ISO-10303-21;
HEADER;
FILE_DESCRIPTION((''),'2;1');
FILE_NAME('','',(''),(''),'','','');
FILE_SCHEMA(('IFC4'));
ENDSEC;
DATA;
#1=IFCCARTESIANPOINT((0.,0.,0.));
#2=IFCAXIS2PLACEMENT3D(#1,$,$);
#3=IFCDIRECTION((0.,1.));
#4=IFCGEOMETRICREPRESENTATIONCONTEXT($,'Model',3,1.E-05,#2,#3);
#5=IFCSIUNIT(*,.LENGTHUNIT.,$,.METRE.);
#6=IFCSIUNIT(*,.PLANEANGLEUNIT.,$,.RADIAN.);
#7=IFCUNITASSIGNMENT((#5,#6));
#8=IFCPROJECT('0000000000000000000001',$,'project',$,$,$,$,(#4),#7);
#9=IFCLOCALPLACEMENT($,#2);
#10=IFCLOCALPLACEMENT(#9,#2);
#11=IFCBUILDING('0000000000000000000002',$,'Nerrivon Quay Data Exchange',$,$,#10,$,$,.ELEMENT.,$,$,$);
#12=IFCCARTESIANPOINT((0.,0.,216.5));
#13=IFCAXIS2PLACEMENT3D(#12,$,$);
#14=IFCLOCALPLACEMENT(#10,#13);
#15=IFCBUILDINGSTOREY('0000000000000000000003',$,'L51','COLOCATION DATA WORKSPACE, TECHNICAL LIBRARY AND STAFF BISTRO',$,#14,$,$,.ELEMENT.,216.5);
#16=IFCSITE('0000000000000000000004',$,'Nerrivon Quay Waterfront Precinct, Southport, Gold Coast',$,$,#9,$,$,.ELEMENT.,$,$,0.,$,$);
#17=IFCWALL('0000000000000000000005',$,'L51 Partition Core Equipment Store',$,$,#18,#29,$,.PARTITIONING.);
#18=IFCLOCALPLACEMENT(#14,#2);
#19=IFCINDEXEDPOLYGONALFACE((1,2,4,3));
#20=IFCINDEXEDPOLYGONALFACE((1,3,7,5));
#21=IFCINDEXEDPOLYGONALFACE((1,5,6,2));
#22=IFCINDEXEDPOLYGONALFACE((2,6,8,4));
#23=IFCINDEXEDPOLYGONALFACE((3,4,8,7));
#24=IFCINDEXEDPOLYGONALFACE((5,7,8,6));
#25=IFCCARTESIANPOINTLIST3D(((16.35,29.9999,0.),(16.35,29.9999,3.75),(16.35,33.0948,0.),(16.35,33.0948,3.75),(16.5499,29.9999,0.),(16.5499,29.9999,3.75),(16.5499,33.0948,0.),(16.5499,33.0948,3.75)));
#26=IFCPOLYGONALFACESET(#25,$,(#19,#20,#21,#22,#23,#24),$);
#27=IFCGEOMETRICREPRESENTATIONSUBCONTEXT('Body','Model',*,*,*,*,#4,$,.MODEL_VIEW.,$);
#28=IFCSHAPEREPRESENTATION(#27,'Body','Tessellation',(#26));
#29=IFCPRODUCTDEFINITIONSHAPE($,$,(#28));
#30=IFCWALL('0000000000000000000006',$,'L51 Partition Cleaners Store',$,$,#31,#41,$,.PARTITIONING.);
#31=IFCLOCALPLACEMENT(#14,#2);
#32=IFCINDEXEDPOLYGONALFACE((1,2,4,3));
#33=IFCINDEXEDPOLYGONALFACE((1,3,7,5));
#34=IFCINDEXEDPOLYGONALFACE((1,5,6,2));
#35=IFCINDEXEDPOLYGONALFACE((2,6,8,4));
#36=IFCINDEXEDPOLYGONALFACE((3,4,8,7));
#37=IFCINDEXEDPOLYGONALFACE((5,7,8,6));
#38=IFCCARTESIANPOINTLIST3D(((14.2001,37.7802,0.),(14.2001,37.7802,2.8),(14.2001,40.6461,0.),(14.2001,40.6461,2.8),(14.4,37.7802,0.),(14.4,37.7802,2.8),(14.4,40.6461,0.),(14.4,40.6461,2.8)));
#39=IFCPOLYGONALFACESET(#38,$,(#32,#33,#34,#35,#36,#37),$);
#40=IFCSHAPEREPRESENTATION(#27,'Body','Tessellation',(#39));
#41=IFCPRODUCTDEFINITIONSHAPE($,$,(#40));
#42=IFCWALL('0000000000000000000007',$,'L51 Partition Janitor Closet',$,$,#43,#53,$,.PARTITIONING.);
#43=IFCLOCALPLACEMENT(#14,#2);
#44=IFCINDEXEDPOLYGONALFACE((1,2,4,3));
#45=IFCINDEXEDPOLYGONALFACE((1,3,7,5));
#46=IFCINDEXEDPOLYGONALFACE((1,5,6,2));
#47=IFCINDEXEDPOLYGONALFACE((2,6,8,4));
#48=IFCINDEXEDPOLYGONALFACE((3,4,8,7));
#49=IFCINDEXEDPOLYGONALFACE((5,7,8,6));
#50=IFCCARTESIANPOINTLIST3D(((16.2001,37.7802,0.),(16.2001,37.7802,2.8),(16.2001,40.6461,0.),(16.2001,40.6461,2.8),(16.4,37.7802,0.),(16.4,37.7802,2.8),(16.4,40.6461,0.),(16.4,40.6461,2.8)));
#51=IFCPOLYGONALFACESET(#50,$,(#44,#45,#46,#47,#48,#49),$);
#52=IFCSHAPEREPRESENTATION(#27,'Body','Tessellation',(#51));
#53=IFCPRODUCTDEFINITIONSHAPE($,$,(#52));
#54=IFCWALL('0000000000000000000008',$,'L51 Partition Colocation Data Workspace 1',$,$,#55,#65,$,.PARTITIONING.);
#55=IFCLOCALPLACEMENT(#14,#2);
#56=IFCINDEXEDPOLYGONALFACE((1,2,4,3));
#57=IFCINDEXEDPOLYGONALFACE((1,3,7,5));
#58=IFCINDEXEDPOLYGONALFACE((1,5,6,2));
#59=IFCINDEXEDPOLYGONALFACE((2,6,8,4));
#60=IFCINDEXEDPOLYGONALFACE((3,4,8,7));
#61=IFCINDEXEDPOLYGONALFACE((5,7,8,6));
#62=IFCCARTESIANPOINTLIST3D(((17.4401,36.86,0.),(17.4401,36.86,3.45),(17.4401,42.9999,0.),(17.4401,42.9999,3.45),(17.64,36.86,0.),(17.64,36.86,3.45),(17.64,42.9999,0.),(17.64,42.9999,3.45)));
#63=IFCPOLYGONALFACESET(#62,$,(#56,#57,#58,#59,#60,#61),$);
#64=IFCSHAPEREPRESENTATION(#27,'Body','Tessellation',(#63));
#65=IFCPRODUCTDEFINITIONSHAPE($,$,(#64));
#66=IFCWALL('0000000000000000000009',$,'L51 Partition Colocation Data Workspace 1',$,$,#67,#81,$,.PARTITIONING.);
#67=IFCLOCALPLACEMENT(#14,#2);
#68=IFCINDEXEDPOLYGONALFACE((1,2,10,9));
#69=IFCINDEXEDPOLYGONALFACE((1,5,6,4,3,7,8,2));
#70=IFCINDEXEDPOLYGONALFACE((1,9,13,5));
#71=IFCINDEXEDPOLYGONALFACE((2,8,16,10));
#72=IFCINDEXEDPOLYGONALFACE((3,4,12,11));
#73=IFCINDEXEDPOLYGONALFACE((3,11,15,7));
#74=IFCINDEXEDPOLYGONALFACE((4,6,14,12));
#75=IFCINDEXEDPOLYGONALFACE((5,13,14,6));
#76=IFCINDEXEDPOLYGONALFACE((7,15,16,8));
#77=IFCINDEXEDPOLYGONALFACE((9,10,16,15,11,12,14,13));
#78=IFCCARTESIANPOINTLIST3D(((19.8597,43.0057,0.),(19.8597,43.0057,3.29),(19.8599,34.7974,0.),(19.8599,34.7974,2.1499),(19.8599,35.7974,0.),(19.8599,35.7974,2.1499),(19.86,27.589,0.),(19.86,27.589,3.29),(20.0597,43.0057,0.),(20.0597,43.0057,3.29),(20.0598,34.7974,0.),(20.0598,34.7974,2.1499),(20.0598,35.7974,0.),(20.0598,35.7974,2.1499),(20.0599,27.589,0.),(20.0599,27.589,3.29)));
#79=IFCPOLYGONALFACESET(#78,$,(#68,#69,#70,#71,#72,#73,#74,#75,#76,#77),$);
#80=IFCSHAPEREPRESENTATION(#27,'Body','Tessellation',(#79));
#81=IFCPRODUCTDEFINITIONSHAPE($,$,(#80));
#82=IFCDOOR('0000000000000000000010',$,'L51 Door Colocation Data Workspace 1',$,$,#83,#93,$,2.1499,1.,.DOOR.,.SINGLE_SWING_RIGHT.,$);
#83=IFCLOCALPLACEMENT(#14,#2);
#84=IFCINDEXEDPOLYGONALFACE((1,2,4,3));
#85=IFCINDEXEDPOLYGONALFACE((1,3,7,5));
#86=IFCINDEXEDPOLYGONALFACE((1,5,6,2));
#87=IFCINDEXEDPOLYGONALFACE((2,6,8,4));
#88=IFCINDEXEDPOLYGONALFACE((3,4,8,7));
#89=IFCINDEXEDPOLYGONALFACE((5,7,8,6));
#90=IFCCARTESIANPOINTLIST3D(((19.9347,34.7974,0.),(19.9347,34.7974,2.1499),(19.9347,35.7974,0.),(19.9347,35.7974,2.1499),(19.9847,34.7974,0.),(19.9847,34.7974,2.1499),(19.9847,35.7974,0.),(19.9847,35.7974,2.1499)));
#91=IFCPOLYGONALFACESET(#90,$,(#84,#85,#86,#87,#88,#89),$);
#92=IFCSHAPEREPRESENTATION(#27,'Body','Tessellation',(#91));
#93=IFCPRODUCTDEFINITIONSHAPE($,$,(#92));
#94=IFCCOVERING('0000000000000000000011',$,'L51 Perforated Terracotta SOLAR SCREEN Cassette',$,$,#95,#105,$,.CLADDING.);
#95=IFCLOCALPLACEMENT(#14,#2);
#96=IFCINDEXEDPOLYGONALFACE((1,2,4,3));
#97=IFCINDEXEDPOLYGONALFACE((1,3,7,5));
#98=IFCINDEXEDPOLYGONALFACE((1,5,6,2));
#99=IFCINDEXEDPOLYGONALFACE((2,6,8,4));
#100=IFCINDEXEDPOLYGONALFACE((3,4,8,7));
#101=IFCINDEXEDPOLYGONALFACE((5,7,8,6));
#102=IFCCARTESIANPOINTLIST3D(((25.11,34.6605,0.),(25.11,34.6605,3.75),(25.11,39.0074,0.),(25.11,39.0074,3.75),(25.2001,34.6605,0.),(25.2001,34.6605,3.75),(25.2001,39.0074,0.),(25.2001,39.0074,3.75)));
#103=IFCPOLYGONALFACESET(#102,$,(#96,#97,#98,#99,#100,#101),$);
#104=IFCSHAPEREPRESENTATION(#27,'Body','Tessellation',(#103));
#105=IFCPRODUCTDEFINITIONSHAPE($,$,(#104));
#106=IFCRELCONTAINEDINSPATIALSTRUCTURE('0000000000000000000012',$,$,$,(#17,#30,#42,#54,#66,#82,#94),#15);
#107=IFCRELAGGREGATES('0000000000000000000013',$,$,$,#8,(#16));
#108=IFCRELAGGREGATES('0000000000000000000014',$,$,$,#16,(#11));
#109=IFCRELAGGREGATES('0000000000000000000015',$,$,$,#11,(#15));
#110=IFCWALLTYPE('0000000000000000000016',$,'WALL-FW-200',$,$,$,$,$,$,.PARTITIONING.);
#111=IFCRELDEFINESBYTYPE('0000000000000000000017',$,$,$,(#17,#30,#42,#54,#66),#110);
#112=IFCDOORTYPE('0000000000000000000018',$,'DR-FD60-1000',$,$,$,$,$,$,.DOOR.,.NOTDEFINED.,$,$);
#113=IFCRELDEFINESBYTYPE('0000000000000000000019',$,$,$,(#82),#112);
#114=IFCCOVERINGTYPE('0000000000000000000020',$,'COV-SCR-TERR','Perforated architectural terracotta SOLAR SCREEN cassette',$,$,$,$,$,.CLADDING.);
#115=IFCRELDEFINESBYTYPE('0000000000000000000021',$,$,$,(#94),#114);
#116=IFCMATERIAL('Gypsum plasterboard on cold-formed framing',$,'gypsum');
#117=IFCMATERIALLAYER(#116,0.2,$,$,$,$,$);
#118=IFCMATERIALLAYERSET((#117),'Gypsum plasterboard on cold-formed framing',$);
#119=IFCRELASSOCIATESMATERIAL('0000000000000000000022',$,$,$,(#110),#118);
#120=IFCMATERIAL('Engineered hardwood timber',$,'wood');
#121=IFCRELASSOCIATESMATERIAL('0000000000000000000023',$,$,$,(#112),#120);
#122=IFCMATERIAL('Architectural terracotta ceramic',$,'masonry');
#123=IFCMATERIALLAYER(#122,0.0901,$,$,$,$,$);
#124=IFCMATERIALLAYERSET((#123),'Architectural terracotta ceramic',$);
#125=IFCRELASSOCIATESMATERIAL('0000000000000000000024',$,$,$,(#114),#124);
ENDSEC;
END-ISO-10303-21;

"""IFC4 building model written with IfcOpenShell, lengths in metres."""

from ifc_helpers import new_model, si_unit, direction, frame, frame_2d, origin, origin_2d, place, context, subcontext, project, spatial, rectangle, extrude, material, layer, layer_set, type_object, element, fill, save


model = new_model("IFC4")

# Units and contexts
model_context = context("Model", 3, precision=1e-05, world=origin(), true_north=direction((0.0, 1.0)))
body_context = subcontext(model_context, "Body", "Model", "MODEL_VIEW")
ifc_project = project(units=[si_unit("LENGTHUNIT", "METRE"), si_unit("PLANEANGLEUNIT", "RADIAN")], contexts=[model_context])

# Site, building, storey
site_placement = place(None, origin())
site = spatial("IfcSite", under=ifc_project, at=site_placement, Name="Nerrivon Quay Waterfront Precinct, Southport, Gold Coast", CompositionType="ELEMENT", RefElevation=0.0)
building_placement = place(site_placement, origin())
building = spatial("IfcBuilding", under=site, at=building_placement, Name="Nerrivon Quay Data Exchange", CompositionType="ELEMENT")
storey_placement = place(building_placement, frame((0.0, 0.0, 216.5)))
storey = spatial("IfcBuildingStorey", under=building, at=storey_placement, Name="L51", Description="COLOCATION DATA WORKSPACE, TECHNICAL LIBRARY AND STAFF BISTRO", CompositionType="ELEMENT", Elevation=216.5)

# Walls
ifc_material_1 = material(Name="Gypsum plasterboard on cold-formed framing", Category="gypsum")
ifc_layer_1 = layer(ifc_material_1, 0.2)
ifc_layer_set_1 = layer_set([ifc_layer_1], Name="Gypsum plasterboard on cold-formed framing")
wall_type_1 = type_object("IfcWallType", Name="WALL-FW-200", PredefinedType="PARTITIONING", material=ifc_layer_set_1)
wall_1_placement = place(storey_placement, frame((16.45, 30.0, 0.0), z_axis=(0.0, 0.0, 1.0), x_axis=(0.0, 1.0, 0.0)))
element("IfcWall", 1, at=wall_1_placement, inside=storey, type_object=wall_type_1, Name="L51 Partition Core Equipment Store", PredefinedType="PARTITIONING", context=body_context, shape_type="SweptSolid", body=[
    extrude(rectangle(XDim=3.095, YDim=0.2, at=frame_2d((1.5474, 0.0))), origin(), (0.0, 0.0, 1.0), 3.75),
])
for number, where, z_axis, x_axis, name in (
    (2, (14.3, 37.78, 0.0), (0.0, 0.0, 1.0), (0.0, 1.0, 0.0), "L51 Partition Cleaners Store"),
    (3, (16.3, 37.78, 0.0), (0.0, 0.0, 1.0), (0.0, 1.0, 0.0), "L51 Partition Janitor Closet"),
):
    element("IfcWall", number, at=place(storey_placement, frame(where, z_axis=z_axis, x_axis=x_axis)), inside=storey, type_object=wall_type_1, Name=name, PredefinedType="PARTITIONING", context=body_context, shape_type="SweptSolid", body=[
        extrude(rectangle(XDim=2.866, YDim=0.2, at=frame_2d((1.4331, 0.0))), origin(), (0.0, 0.0, 1.0), 2.8),
    ])
wall_2_placement = place(storey_placement, frame((17.54, 36.8601, 0.0), z_axis=(0.0, 0.0, 1.0), x_axis=(0.0, 1.0, 0.0)))
element("IfcWall", 4, at=wall_2_placement, inside=storey, type_object=wall_type_1, Name="L51 Partition Colocation Data Workspace 1", PredefinedType="PARTITIONING", context=body_context, shape_type="SweptSolid", body=[
    extrude(rectangle(XDim=6.1399, YDim=0.2, at=frame_2d((3.0698, 0.0))), origin(), (0.0, 0.0, 1.0), 3.45),
])

# Wall, opening, door
wall_3_placement = place(storey_placement, frame((19.9597, 43.0059, 0.0), z_axis=(0.0, 0.0, 1.0), x_axis=(0.000016, -1.0, 0.0)))
wall_3 = element("IfcWall", 5, at=wall_3_placement, inside=storey, type_object=wall_type_1, Name="L51 Partition Colocation Data Workspace 1", PredefinedType="PARTITIONING", context=body_context, shape_type="SweptSolid", body=[
    extrude(rectangle(XDim=15.4167, YDim=0.2, at=frame_2d((7.7085, 0.0))), origin(), (0.0, 0.0, 1.0), 3.29),
])
opening_1_placement = place(wall_3_placement, frame((7.2085, 0.0, 0.0)))
opening_1 = element("IfcOpeningElement", 6, at=opening_1_placement, cuts=wall_3, PredefinedType="OPENING", context=body_context, shape_type="SweptSolid", body=[
    extrude(rectangle(XDim=1.0, YDim=2.1499, at=frame_2d((0.5, 1.075))), frame((0.0, 0.1099, 0.0), z_axis=(0.0, -1.0, 0.0), x_axis=(1.0, 0.0, 0.0)), (0.0, 0.0, 1.0), 0.22),
])
ifc_material_2 = material(Name="Engineered hardwood timber", Category="wood")
door_type_1 = type_object("IfcDoorType", Name="DR-FD60-1000", OperationType="NOTDEFINED", PredefinedType="DOOR", material=ifc_material_2)
door_1_placement = place(opening_1_placement, origin())
door_1 = element("IfcDoor", 7, at=door_1_placement, inside=storey, type_object=door_type_1, Name="L51 Door Colocation Data Workspace 1", OperationType="SINGLE_SWING_RIGHT", OverallHeight=2.1499, OverallWidth=1.0, PredefinedType="DOOR", context=body_context, shape_type="SweptSolid", body=[
    extrude(rectangle(XDim=1.0, YDim=2.1499, at=frame_2d((0.5, 1.075))), frame((0.0, 0.0249, 0.0), z_axis=(0.0, -1.0, 0.0), x_axis=(1.0, 0.0, 0.0)), (0.0, 0.0, 1.0), 0.05),
])
fill(opening_1, door_1)

# Covering
ifc_material_3 = material(Name="Architectural terracotta ceramic", Category="masonry")
ifc_layer_2 = layer(ifc_material_3, 0.0901)
ifc_layer_set_2 = layer_set([ifc_layer_2], Name="Architectural terracotta ceramic")
covering_type = type_object("IfcCoveringType", Name="COV-SCR-TERR", Description="Perforated architectural terracotta SOLAR SCREEN cassette", PredefinedType="CLADDING", material=ifc_layer_set_2)
covering_placement = place(storey_placement, frame((25.155, 36.834, 0.0), z_axis=(0.0, 0.0, 1.0), x_axis=(0.0, -1.0, 0.0)))
element("IfcCovering", 8, at=covering_placement, inside=storey, type_object=covering_type, Name="L51 Perforated Terracotta SOLAR SCREEN Cassette", PredefinedType="CLADDING", context=body_context, shape_type="SweptSolid", body=[
    extrude(rectangle(XDim=4.3469, YDim=0.0901, at=origin_2d()), origin(), (0.0, 0.0, 1.0), 3.75),
])

save(model, "model.ifc")
